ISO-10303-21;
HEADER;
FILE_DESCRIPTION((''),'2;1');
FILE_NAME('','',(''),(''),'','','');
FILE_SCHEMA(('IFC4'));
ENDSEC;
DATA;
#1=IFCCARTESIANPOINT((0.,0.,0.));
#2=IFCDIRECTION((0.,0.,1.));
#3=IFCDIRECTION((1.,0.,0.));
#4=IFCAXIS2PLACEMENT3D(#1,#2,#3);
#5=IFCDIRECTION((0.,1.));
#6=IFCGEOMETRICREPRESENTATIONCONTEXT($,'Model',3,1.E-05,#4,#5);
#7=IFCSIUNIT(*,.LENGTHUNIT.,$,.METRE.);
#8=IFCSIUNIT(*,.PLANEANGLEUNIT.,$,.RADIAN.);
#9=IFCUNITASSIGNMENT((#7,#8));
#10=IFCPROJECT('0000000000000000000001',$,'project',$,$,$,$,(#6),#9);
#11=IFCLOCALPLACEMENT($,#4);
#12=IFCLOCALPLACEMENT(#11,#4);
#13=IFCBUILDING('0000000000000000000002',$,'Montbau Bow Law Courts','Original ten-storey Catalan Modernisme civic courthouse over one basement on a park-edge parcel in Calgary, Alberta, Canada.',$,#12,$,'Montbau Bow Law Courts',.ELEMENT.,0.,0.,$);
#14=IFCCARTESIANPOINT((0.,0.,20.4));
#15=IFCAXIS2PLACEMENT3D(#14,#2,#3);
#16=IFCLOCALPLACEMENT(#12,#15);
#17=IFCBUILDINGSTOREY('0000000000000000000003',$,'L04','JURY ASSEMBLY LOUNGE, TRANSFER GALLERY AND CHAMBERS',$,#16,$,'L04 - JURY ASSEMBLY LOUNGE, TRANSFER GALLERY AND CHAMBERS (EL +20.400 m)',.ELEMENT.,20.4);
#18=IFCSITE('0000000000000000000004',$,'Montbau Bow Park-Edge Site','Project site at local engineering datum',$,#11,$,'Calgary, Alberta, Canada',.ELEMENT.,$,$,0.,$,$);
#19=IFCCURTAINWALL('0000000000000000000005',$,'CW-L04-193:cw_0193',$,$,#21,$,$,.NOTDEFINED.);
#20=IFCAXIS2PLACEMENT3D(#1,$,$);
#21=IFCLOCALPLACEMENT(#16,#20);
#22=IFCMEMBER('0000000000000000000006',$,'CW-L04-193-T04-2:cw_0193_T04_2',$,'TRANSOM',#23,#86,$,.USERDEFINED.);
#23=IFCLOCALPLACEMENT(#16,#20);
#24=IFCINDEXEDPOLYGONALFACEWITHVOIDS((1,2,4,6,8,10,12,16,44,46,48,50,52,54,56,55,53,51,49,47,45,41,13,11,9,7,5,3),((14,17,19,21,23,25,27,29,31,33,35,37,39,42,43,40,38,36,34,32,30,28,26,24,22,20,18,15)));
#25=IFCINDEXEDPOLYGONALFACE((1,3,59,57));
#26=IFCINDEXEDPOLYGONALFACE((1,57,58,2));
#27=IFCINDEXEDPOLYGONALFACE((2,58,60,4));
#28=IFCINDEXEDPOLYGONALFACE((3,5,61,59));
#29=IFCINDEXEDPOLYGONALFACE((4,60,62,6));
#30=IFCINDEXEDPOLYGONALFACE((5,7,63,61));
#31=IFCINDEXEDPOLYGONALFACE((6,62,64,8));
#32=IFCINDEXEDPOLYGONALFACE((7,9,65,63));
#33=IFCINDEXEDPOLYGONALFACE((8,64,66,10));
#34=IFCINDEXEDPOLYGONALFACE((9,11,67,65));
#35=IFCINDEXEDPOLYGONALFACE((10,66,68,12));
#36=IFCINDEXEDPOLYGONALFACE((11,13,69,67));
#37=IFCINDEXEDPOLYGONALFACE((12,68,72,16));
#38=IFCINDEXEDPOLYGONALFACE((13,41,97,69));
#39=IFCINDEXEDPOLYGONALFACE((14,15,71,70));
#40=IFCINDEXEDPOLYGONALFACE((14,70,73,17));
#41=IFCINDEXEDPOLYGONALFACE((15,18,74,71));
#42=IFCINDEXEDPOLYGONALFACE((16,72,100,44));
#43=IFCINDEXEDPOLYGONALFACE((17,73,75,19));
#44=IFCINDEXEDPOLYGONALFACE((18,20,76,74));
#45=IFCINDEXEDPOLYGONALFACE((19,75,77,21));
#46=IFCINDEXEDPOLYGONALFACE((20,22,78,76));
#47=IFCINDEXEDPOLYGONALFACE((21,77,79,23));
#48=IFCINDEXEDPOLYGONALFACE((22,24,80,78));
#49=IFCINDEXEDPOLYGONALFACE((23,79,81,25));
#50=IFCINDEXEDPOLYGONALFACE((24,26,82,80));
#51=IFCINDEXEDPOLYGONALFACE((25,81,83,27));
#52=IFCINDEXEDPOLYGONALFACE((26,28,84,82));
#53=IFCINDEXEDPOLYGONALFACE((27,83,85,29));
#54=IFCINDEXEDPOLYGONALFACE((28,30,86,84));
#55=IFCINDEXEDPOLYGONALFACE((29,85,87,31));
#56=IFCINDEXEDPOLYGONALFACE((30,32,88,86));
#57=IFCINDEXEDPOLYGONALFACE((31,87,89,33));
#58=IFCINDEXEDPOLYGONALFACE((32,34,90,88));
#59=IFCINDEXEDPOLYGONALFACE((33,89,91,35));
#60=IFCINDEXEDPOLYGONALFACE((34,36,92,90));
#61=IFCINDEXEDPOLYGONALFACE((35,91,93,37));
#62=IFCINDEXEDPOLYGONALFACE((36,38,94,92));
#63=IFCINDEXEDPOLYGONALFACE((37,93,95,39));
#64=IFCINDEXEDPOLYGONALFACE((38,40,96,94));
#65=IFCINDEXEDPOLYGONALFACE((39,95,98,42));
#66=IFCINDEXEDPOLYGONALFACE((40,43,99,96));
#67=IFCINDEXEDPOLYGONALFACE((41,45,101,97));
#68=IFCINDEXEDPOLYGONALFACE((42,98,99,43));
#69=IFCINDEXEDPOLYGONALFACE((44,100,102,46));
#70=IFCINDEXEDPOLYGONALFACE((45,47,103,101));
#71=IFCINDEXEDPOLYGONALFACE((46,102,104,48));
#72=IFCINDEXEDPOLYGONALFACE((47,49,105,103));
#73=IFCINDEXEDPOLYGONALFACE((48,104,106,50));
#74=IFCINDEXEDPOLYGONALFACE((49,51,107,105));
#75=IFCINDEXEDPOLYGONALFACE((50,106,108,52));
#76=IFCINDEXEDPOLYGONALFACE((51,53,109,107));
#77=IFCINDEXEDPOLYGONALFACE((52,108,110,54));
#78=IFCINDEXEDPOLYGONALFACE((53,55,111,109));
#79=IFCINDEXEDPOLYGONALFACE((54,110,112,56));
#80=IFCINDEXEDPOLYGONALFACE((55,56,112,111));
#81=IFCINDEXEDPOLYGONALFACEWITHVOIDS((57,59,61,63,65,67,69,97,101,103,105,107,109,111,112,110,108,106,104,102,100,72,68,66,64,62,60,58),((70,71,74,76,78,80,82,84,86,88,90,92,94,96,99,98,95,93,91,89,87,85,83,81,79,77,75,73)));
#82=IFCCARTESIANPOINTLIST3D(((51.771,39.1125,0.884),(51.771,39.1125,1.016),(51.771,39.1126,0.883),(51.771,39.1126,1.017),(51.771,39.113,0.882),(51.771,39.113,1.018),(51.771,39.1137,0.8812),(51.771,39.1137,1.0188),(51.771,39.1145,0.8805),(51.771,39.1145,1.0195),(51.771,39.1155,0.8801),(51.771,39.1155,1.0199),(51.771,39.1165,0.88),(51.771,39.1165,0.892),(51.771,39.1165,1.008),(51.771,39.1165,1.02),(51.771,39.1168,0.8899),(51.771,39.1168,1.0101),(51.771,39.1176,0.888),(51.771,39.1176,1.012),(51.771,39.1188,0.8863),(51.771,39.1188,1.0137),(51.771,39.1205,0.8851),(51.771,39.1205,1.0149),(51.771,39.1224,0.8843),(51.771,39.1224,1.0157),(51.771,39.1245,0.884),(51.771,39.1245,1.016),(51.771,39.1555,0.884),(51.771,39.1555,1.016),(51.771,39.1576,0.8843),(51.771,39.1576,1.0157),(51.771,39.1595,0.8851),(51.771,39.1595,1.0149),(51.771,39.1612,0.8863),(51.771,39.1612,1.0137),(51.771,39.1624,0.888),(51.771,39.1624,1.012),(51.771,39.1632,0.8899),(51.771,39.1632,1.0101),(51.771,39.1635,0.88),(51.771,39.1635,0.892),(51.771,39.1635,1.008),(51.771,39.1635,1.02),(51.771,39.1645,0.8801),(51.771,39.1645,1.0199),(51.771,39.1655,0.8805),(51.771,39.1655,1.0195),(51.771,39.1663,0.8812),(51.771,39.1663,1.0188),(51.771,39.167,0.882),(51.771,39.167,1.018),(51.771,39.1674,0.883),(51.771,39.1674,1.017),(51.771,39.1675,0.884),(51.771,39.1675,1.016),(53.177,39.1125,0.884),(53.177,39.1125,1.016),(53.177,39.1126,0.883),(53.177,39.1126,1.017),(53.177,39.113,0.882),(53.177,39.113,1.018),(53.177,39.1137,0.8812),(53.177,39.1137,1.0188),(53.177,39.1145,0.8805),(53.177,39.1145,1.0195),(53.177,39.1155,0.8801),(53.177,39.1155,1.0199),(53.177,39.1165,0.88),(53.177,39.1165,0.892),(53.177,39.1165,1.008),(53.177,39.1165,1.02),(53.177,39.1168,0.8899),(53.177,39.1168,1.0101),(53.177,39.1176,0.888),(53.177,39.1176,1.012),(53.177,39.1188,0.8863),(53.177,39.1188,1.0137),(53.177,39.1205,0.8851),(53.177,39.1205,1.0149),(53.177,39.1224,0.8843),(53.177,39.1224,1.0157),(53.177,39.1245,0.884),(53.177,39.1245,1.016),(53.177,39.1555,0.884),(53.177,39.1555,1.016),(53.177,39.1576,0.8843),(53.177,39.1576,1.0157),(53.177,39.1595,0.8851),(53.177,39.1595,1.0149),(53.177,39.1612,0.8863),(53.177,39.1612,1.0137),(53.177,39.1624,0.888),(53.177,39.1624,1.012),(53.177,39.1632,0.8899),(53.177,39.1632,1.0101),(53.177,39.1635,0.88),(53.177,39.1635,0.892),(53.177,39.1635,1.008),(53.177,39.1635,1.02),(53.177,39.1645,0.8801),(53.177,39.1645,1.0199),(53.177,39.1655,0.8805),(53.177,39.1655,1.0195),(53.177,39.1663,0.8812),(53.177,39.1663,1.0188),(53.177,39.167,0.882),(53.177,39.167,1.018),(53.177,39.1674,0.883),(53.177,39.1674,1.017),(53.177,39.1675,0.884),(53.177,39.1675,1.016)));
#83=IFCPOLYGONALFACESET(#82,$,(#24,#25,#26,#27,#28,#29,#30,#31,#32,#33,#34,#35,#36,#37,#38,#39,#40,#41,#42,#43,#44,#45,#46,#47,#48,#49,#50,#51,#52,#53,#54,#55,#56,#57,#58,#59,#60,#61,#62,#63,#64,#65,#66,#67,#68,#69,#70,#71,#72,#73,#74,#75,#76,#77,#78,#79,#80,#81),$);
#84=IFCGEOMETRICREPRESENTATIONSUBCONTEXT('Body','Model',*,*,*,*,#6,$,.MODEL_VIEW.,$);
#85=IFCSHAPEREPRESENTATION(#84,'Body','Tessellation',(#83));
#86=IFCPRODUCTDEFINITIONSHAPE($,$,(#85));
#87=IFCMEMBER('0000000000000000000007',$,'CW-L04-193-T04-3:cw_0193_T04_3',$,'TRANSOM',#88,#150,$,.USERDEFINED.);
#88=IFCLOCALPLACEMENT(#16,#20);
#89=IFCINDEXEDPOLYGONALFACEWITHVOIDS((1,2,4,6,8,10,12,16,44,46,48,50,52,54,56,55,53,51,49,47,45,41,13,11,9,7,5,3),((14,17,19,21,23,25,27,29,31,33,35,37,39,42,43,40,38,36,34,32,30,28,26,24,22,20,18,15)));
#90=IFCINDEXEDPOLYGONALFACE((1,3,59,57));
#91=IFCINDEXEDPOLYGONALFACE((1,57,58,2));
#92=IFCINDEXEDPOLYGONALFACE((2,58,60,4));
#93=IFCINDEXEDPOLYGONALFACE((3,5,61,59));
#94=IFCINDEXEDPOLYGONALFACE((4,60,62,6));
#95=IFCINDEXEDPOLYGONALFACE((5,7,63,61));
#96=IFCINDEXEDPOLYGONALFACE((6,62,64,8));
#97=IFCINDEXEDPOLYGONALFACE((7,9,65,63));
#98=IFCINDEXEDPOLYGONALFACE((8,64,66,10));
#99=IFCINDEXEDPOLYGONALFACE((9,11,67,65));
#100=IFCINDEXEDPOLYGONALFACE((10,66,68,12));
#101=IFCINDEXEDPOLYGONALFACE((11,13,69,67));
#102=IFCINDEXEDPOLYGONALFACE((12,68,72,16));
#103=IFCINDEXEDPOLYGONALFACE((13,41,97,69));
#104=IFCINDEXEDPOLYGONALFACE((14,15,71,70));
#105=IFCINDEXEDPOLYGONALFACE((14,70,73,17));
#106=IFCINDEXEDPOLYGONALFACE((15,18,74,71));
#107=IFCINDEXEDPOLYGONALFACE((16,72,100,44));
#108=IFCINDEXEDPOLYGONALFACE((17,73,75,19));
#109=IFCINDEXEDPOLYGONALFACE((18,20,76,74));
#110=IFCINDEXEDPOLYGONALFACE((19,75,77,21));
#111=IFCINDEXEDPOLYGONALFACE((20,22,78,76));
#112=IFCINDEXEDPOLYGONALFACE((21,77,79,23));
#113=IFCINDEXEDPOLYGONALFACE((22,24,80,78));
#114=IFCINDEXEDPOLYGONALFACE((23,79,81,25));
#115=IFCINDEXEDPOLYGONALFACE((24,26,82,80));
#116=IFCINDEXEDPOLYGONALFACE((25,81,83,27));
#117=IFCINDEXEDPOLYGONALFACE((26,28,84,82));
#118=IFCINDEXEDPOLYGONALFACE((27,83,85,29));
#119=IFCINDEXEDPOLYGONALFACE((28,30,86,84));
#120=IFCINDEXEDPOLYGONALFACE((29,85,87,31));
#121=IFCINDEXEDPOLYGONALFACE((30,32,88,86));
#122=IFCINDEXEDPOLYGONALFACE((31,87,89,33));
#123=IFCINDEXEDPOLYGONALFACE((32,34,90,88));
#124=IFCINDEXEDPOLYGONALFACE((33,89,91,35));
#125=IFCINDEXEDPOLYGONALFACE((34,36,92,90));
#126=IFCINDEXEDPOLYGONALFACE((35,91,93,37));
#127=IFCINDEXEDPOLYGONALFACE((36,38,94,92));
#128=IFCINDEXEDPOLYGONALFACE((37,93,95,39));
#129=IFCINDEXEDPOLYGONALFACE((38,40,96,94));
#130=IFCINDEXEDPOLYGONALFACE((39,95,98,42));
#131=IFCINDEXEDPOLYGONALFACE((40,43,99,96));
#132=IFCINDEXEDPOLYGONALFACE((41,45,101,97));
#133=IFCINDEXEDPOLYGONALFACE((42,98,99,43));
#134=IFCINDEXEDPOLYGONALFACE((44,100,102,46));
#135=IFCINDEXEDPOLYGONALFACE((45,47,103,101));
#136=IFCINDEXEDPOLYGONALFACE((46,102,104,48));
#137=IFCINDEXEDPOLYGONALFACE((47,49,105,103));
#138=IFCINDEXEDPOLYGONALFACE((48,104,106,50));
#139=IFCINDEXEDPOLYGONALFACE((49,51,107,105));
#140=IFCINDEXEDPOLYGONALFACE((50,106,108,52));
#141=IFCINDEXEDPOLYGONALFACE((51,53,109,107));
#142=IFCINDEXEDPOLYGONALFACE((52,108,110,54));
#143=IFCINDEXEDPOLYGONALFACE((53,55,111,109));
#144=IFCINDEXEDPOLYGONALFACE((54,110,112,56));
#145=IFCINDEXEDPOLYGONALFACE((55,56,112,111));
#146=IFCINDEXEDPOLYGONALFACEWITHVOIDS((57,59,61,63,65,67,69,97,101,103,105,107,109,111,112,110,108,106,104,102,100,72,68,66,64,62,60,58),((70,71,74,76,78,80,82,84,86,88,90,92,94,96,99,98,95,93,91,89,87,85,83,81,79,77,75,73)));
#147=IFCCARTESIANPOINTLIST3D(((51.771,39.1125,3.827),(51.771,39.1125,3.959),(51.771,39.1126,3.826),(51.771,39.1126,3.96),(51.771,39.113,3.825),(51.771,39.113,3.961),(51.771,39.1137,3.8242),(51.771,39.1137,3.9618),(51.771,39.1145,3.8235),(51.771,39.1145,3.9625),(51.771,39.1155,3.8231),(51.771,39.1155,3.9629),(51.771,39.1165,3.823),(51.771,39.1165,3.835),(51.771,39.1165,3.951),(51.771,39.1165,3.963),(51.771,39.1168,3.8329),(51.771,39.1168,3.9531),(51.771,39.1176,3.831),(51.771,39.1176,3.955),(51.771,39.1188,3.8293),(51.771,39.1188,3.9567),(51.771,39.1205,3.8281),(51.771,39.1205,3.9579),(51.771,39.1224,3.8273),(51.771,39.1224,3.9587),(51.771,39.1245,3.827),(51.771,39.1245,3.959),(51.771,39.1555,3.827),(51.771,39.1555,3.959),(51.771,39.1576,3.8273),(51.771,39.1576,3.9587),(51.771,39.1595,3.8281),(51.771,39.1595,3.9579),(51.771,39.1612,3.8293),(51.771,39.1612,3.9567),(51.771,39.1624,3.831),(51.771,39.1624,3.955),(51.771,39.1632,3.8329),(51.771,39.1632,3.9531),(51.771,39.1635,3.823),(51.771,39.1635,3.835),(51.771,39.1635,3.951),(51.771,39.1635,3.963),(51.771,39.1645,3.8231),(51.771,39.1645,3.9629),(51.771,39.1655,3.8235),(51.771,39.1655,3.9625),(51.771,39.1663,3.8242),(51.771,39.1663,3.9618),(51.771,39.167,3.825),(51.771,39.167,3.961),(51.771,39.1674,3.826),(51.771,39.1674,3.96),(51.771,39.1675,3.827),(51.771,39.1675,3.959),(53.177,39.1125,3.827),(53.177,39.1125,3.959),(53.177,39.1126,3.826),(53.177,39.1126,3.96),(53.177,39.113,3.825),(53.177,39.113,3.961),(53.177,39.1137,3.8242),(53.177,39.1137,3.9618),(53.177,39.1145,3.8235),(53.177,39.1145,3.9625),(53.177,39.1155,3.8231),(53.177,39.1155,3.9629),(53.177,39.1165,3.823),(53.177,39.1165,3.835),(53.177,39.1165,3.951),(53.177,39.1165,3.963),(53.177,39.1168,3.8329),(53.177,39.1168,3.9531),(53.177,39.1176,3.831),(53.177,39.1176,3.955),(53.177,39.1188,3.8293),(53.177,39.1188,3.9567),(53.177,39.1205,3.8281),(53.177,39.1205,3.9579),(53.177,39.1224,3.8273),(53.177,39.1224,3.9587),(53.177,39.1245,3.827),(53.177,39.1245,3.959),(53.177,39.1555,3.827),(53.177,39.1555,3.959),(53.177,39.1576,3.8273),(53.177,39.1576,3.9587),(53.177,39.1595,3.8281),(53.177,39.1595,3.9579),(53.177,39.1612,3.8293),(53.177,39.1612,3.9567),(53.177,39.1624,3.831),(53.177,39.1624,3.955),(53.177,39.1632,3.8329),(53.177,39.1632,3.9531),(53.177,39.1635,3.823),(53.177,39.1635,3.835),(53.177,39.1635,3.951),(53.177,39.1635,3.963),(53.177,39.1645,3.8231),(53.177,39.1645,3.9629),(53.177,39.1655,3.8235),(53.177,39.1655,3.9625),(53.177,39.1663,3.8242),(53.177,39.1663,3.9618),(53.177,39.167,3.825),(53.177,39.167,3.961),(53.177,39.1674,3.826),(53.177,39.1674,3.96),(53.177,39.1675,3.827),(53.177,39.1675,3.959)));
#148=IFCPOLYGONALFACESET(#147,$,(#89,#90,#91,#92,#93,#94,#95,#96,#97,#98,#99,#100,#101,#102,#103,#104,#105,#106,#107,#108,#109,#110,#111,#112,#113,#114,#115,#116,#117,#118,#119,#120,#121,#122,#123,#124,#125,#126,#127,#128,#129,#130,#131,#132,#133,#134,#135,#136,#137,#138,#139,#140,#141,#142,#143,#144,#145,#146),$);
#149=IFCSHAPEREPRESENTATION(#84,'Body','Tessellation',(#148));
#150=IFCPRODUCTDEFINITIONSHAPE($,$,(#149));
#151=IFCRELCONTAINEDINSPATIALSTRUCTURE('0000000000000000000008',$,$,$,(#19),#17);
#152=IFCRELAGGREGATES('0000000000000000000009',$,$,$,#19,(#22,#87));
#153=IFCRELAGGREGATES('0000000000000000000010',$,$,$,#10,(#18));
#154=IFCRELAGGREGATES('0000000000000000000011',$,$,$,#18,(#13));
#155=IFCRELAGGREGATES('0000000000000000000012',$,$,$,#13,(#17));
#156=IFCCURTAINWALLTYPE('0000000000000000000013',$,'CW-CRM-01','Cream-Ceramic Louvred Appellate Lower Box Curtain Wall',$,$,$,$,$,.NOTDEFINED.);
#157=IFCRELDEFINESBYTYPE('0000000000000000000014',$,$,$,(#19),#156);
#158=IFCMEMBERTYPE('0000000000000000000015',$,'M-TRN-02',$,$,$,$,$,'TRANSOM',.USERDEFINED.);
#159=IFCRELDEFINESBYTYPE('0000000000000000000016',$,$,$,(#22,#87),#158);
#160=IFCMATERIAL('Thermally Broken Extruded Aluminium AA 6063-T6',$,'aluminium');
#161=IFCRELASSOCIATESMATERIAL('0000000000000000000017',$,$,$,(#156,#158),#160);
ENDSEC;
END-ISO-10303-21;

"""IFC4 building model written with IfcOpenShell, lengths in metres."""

from ifc_helpers import new_model, si_unit, direction, frame, origin_with_axes, origin_2d_with_axis, place, context, subcontext, project, spatial, hollow_rectangle, extrude, material, material_profile, profile_set, type_object, element, aggregate, save


model = new_model("IFC4")

# Units and contexts
model_context = context("Model", 3, precision=1e-05, world=origin_with_axes(), true_north=direction((0.0, 1.0)))
body_context = subcontext(model_context, "Body", "Model", "MODEL_VIEW")
ifc_project = project(units=[si_unit("LENGTHUNIT", "METRE"), si_unit("PLANEANGLEUNIT", "RADIAN")], contexts=[model_context])

# Site, building, storey
site_placement = place(None, origin_with_axes())
site = spatial("IfcSite", under=ifc_project, at=site_placement, Name="Montbau Bow Park-Edge Site", Description="Project site at local engineering datum", LongName="Calgary, Alberta, Canada", CompositionType="ELEMENT", RefElevation=0.0)
building_placement = place(site_placement, origin_with_axes())
building = spatial("IfcBuilding", under=site, at=building_placement, Name="Montbau Bow Law Courts", Description="Original ten-storey Catalan Modernisme civic courthouse over one basement on a park-edge parcel in Calgary, Alberta, Canada.", LongName="Montbau Bow Law Courts", CompositionType="ELEMENT", ElevationOfRefHeight=0.0, ElevationOfTerrain=0.0)
storey_placement = place(building_placement, frame((0.0, 0.0, 20.4), z_axis=(0.0, 0.0, 1.0), x_axis=(1.0, 0.0, 0.0)))
storey = spatial("IfcBuildingStorey", under=building, at=storey_placement, Name="L04", Description="JURY ASSEMBLY LOUNGE, TRANSFER GALLERY AND CHAMBERS", LongName="L04 - JURY ASSEMBLY LOUNGE, TRANSFER GALLERY AND CHAMBERS (EL +20.400 m)", CompositionType="ELEMENT", Elevation=20.4)

# Curtain wall
ifc_material_1 = material(Name="Thermally Broken Extruded Aluminium AA 6063-T6", Category="aluminium")
curtain_wall_type = type_object("IfcCurtainWallType", Name="CW-CRM-01", Description="Cream-Ceramic Louvred Appellate Lower Box Curtain Wall", PredefinedType="NOTDEFINED", material=ifc_material_1)
curtain_wall_1_placement = place(None, frame((47.315, 39.14, 20.4), z_axis=(0.0, 0.0, 1.0), x_axis=(1.0, 0.0, 0.0)))
curtain_wall_1 = element("IfcCurtainWall", 1, at=curtain_wall_1_placement, inside=storey, type_object=curtain_wall_type, Name="CW-L04-193:cw_0193", PredefinedType="NOTDEFINED")

# Members
ifc_material_profile_1 = material_profile(ifc_material_1, hollow_rectangle(XDim=0.055, YDim=0.14, WallThickness=0.004, InnerFilletRadius=0.008, OuterFilletRadius=0.004, at=origin_2d_with_axis()), Name="CWT-140X55", Category="Main", Priority=0)
ifc_profile_set_1 = profile_set([ifc_material_profile_1], Name="Thermally Broken Extruded Aluminium AA 6063-T6")
member_type_1 = type_object("IfcMemberType", Name="M-TRN-02", ElementType="TRANSOM", PredefinedType="USERDEFINED", material=ifc_profile_set_1)
member_1_placement = place(None, frame((51.771, 39.14, 21.35), z_axis=(1.0, 0.0, 0.0), x_axis=(0.0, 1.0, 0.0)))
member_1 = element("IfcMember", 2, at=member_1_placement, type_object=member_type_1, Name="CW-L04-193-T04-2:cw_0193_T04_2", ObjectType="TRANSOM", PredefinedType="USERDEFINED", context=body_context, shape_type="SweptSolid", body=[
    extrude(hollow_rectangle(XDim=0.055, YDim=0.14, WallThickness=0.004, InnerFilletRadius=0.008, OuterFilletRadius=0.004, at=origin_2d_with_axis()), origin_with_axes(), (0.0, 0.0, 1.0), 1.406),
])
member_2_placement = place(None, frame((51.771, 39.14, 24.293), z_axis=(1.0, 0.0, 0.0), x_axis=(0.0, 1.0, 0.0)))
member_2 = element("IfcMember", 3, at=member_2_placement, type_object=member_type_1, Name="CW-L04-193-T04-3:cw_0193_T04_3", ObjectType="TRANSOM", PredefinedType="USERDEFINED", context=body_context, shape_type="SweptSolid", body=[
    extrude(hollow_rectangle(XDim=0.055, YDim=0.14, WallThickness=0.004, InnerFilletRadius=0.008, OuterFilletRadius=0.004, at=origin_2d_with_axis()), origin_with_axes(), (0.0, 0.0, 1.0), 1.406),
])

aggregate(curtain_wall_1, [member_1, member_2])

save(model, "model.ifc")
